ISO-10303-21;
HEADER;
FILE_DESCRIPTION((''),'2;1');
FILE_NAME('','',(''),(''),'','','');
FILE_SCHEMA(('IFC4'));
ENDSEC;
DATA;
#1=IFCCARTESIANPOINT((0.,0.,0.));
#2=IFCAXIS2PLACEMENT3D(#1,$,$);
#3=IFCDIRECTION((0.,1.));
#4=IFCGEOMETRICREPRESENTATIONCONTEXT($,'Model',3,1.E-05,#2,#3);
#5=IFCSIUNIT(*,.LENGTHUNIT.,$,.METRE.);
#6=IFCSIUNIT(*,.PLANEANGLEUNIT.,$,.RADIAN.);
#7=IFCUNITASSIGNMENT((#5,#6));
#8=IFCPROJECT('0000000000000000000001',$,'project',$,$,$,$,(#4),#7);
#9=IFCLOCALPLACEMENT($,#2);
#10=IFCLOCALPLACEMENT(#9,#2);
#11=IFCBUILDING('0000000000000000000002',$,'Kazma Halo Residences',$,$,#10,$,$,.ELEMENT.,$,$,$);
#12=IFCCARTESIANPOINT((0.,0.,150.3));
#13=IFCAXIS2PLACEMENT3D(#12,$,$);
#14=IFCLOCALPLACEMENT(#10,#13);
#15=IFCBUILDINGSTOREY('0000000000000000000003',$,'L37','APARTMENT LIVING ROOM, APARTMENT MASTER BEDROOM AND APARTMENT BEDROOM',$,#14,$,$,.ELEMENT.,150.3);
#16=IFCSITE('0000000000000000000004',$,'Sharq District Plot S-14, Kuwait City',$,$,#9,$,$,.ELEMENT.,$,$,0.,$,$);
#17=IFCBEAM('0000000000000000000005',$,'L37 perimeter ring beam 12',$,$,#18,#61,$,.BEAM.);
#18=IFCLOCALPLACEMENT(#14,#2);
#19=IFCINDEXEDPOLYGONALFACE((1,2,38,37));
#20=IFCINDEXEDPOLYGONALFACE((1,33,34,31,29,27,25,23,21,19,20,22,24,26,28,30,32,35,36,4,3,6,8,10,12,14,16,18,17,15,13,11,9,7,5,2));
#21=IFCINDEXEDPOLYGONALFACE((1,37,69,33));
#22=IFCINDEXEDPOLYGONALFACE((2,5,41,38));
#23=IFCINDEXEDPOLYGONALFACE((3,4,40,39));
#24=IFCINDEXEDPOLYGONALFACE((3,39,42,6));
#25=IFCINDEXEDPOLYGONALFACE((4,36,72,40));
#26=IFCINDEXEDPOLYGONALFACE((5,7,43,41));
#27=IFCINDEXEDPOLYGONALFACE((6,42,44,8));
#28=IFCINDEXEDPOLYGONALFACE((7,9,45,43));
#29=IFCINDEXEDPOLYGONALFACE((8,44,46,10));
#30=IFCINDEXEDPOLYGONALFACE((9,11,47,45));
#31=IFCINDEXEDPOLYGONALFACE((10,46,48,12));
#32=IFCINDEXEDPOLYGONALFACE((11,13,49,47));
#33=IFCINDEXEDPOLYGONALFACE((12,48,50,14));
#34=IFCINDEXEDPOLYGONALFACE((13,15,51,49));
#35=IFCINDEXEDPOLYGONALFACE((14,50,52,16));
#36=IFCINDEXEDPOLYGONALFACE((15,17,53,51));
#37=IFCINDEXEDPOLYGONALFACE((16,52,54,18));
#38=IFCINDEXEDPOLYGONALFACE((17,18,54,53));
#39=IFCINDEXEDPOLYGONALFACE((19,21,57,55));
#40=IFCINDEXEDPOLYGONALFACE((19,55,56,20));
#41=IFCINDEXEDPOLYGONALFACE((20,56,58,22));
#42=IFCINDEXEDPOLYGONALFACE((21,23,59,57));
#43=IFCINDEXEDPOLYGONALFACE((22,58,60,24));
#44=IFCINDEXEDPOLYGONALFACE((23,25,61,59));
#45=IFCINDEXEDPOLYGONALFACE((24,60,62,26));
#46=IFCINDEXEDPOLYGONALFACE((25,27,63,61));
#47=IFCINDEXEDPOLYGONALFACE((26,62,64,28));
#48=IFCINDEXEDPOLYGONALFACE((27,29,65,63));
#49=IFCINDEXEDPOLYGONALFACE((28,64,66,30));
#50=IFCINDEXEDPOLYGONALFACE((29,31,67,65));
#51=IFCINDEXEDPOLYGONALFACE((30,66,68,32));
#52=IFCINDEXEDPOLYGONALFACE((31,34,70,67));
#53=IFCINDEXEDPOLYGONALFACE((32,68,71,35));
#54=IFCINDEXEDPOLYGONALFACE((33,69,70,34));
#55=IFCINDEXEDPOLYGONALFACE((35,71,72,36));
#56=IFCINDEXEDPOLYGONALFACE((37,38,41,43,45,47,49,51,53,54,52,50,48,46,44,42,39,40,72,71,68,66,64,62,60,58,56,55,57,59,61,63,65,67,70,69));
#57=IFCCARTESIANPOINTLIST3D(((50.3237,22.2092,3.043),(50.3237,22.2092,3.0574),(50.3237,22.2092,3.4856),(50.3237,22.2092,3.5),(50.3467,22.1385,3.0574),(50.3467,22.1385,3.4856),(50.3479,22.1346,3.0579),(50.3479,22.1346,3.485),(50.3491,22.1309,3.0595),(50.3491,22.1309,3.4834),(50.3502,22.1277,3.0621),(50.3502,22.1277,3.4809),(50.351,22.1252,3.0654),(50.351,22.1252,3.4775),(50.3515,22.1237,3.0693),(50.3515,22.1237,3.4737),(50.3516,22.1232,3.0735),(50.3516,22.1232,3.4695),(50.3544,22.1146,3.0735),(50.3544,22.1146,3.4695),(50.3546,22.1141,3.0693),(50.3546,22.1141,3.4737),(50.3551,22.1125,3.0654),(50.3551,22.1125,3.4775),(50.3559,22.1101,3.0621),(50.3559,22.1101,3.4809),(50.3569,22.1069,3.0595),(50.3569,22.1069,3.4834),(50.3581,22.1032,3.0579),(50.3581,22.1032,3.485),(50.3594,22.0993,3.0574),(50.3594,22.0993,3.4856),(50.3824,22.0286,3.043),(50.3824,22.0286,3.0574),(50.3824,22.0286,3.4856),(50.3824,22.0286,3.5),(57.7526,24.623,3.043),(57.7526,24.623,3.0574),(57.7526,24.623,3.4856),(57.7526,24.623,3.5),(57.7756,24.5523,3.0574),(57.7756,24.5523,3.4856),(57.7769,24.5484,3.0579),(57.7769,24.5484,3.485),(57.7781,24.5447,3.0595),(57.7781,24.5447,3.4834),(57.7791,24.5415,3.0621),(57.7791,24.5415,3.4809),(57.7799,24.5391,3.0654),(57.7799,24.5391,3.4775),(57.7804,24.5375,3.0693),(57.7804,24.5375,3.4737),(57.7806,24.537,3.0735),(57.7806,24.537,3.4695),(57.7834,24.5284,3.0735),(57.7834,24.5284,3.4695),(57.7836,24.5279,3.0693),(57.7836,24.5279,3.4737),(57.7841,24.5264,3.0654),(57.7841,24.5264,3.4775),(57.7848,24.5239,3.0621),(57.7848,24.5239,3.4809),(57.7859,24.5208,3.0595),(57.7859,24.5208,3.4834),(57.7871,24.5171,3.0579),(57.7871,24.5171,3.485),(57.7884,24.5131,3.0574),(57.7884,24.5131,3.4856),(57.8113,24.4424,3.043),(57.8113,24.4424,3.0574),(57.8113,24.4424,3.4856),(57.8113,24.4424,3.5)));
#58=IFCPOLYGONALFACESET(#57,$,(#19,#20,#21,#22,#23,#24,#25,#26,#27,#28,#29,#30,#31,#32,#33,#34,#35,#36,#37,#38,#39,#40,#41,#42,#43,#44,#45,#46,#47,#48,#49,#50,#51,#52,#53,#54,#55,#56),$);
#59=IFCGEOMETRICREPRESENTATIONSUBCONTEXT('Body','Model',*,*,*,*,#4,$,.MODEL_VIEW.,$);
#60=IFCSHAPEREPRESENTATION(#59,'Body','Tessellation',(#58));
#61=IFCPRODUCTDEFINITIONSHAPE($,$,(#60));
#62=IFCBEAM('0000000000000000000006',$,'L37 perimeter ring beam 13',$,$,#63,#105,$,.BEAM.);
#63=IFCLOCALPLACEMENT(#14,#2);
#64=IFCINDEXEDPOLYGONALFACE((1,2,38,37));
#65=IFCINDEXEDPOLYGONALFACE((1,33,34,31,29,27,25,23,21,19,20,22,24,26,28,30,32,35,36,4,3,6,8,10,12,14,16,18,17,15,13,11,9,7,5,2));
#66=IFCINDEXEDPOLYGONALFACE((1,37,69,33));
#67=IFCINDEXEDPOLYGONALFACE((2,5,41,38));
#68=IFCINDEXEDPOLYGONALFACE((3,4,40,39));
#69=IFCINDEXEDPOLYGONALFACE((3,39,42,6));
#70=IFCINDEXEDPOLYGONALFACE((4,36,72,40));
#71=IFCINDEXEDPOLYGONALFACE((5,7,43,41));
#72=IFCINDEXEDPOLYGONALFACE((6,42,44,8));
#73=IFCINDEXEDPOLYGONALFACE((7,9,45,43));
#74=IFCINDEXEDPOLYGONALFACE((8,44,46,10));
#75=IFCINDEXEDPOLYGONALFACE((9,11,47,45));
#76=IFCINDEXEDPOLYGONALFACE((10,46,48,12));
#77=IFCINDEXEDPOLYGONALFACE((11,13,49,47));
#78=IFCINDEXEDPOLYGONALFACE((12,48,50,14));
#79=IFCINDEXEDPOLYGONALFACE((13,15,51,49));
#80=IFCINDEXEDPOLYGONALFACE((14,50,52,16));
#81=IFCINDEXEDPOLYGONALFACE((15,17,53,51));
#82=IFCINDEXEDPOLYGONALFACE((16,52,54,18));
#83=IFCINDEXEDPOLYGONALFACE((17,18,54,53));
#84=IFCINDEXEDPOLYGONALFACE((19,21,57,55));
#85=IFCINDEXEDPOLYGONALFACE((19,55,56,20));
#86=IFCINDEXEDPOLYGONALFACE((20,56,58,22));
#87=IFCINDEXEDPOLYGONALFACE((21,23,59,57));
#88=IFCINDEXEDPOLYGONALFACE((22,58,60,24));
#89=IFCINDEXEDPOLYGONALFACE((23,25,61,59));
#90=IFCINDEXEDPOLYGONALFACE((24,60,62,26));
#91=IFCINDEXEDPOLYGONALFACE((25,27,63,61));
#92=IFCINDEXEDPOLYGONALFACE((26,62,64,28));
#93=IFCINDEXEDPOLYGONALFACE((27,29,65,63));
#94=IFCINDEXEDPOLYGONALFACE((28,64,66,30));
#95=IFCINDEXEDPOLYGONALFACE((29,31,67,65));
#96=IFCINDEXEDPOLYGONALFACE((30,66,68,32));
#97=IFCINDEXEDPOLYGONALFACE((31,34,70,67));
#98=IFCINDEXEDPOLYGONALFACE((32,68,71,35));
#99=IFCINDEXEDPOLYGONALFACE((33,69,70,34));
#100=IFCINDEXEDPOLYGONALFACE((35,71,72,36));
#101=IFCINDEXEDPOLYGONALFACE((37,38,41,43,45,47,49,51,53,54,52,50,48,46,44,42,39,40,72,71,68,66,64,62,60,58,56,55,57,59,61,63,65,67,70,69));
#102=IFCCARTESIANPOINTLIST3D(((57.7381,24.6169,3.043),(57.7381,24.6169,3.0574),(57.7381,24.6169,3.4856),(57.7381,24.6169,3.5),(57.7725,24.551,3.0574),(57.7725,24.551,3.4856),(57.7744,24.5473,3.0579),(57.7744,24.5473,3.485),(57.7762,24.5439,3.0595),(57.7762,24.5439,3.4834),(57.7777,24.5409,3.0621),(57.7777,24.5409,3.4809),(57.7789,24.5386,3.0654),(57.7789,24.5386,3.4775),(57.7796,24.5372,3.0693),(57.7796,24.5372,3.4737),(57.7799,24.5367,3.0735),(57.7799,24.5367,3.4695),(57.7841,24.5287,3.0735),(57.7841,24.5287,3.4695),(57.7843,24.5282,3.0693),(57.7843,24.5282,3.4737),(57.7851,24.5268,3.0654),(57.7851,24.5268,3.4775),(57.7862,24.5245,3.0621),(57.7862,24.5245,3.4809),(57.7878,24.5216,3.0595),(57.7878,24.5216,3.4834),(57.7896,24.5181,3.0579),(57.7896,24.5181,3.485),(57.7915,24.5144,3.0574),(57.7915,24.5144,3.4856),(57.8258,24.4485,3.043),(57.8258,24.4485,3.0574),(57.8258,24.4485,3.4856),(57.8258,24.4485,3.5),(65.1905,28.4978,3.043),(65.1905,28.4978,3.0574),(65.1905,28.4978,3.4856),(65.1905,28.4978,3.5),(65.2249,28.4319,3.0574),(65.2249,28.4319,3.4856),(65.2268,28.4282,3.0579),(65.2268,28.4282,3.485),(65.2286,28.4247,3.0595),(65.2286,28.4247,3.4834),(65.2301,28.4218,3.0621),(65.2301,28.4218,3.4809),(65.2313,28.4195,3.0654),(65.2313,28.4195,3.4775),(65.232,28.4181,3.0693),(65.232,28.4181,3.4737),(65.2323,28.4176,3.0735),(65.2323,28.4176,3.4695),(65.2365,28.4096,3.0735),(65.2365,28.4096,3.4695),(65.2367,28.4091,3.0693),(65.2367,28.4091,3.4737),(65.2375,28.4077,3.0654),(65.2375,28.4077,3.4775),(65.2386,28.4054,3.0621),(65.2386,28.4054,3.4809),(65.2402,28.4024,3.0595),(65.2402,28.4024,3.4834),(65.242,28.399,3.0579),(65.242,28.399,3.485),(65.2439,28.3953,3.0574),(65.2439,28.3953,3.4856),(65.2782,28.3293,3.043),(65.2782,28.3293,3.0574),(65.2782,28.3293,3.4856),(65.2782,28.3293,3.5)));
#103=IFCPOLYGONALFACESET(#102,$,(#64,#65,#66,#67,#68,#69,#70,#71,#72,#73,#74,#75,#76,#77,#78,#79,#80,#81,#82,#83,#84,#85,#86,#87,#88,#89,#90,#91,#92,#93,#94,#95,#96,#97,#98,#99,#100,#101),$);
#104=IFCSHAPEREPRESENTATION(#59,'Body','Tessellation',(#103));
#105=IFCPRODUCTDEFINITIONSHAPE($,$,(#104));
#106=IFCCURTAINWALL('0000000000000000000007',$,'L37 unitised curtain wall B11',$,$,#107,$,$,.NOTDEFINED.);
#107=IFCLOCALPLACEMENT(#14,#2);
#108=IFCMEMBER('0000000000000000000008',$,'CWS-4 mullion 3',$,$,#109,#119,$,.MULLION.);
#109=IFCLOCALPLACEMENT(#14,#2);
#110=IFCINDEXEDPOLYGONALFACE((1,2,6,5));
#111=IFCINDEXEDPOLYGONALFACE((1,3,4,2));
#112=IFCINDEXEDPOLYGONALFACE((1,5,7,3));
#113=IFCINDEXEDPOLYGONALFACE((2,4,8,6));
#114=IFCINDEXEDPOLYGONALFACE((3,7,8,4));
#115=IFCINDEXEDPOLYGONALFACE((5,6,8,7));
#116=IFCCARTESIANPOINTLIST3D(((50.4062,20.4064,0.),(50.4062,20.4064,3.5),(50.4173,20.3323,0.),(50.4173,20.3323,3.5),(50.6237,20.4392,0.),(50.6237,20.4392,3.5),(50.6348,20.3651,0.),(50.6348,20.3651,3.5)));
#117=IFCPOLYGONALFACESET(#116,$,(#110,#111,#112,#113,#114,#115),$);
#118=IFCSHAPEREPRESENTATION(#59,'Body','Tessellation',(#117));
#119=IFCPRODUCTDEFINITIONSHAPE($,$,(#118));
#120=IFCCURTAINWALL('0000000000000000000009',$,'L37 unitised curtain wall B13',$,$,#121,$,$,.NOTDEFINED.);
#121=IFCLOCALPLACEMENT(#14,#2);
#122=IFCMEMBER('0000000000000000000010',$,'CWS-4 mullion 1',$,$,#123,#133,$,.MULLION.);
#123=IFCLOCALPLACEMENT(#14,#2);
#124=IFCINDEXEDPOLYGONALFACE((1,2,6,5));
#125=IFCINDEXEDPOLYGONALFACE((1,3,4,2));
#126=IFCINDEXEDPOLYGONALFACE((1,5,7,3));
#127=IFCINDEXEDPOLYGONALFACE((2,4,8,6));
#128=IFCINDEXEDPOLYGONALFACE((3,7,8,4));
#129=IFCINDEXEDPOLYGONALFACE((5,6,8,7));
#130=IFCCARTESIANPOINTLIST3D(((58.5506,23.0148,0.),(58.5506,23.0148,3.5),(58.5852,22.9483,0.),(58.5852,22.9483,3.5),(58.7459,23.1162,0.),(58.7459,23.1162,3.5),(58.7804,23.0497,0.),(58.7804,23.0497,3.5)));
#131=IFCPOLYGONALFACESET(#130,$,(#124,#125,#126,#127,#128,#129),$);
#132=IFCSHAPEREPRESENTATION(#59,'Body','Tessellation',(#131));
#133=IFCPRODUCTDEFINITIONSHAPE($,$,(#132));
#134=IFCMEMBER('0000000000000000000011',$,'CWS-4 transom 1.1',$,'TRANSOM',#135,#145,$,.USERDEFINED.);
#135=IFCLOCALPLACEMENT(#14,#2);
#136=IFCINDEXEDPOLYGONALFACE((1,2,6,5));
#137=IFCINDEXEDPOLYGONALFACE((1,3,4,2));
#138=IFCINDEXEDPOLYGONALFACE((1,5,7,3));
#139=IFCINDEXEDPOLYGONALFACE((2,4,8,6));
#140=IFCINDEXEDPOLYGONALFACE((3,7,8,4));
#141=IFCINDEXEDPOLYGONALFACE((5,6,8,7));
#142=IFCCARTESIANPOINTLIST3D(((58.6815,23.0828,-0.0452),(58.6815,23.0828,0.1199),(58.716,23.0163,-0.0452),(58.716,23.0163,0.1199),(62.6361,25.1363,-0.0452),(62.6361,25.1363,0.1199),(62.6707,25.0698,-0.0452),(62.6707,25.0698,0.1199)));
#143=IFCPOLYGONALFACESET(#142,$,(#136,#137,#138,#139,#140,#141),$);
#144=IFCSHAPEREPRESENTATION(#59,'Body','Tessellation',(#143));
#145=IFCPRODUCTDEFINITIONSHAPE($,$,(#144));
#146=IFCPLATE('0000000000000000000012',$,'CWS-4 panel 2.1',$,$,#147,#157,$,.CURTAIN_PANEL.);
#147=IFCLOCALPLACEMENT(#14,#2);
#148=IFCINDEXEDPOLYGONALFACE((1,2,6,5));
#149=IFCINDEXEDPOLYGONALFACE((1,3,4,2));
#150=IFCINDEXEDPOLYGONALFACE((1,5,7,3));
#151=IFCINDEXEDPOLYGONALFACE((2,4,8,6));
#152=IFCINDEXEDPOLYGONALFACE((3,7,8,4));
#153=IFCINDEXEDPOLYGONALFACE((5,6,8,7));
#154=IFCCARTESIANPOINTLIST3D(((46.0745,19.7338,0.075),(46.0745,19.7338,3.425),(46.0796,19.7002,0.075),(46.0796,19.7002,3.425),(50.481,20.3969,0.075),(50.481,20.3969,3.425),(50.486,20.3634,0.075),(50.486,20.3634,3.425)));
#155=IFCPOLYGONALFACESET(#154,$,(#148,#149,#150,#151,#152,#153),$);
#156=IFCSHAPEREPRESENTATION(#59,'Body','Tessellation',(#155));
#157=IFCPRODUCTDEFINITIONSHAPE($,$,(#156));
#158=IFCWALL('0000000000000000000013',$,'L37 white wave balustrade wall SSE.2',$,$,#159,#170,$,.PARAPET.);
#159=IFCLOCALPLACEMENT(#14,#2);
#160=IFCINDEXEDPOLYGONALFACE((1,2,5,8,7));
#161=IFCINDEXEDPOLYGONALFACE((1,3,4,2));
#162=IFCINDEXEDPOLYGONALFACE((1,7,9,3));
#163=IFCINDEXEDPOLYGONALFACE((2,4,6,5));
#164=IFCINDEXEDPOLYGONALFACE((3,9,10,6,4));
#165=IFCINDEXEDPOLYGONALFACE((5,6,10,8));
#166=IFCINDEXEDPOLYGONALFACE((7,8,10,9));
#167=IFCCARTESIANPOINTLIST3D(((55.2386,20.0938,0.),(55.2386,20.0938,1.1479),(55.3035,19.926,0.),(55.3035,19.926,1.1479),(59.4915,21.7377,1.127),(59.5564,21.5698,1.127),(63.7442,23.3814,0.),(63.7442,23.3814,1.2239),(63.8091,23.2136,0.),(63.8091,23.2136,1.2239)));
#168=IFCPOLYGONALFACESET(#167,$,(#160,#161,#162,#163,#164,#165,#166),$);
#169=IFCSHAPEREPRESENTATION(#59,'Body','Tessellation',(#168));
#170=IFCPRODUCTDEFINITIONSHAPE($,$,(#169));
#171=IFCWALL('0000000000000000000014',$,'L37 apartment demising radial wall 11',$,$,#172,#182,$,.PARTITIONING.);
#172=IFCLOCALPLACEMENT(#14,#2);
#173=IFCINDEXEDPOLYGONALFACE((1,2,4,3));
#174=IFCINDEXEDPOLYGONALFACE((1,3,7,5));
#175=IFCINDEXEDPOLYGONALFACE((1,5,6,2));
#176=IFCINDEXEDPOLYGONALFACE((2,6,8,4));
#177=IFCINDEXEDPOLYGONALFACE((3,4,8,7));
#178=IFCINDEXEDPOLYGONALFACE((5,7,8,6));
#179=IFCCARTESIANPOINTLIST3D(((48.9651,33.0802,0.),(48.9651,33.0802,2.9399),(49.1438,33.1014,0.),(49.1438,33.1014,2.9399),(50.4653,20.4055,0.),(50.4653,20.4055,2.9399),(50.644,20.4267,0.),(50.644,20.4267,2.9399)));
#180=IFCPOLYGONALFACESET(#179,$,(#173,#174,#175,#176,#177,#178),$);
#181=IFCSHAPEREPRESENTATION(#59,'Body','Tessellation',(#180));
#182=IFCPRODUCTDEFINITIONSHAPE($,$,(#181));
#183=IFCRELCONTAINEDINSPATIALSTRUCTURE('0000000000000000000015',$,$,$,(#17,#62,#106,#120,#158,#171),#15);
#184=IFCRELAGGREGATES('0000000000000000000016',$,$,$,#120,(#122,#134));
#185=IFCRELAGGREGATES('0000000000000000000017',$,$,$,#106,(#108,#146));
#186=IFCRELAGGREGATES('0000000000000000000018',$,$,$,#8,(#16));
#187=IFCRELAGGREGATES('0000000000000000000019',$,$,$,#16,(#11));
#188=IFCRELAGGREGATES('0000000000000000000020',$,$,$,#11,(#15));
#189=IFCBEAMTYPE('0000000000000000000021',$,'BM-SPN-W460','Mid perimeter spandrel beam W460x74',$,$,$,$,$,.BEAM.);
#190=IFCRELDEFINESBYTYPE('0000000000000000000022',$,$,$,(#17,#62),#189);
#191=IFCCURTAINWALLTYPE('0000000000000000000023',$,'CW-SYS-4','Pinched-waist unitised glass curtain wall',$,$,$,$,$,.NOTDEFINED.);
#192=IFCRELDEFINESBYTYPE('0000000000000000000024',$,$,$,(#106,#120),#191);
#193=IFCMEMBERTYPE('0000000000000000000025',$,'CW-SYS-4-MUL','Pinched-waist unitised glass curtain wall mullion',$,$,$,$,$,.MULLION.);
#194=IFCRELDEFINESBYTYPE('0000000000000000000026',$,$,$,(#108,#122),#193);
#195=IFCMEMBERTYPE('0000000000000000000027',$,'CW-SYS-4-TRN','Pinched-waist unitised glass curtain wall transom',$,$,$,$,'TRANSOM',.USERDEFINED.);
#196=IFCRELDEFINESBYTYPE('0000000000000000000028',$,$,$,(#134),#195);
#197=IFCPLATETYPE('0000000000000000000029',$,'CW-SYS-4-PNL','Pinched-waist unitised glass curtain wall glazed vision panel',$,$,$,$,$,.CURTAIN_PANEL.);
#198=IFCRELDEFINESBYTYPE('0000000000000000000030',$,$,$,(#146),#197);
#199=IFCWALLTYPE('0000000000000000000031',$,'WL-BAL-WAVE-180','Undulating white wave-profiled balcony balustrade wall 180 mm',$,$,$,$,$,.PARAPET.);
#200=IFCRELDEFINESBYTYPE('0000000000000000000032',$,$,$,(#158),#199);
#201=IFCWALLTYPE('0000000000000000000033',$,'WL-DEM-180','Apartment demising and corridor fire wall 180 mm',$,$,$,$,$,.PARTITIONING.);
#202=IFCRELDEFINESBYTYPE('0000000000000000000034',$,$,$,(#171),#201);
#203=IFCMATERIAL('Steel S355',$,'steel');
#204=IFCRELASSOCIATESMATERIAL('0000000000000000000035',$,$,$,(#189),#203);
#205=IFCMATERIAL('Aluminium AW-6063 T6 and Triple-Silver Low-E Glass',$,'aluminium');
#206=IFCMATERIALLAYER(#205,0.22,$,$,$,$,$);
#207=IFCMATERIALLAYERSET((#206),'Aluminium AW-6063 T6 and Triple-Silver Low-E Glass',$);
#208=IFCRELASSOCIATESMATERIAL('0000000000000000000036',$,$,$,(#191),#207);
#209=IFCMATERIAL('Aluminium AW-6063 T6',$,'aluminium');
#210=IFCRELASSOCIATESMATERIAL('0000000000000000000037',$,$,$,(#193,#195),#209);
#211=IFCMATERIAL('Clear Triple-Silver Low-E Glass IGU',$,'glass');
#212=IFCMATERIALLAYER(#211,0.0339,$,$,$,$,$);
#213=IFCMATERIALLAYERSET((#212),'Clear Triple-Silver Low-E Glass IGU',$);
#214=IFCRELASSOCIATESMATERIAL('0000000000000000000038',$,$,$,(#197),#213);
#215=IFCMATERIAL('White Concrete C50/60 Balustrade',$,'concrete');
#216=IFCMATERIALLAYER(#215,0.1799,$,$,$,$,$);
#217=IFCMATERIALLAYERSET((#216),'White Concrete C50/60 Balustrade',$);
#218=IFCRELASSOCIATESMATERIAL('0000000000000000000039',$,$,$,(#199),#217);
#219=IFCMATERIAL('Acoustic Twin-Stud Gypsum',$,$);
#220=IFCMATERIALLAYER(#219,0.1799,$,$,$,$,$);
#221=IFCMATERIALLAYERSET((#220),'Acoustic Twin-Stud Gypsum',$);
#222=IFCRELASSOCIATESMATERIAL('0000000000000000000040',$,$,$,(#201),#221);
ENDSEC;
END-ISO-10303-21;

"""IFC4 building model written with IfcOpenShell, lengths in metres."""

from ifc_helpers import new_model, si_unit, direction, frame, frame_2d, origin, origin_2d, place, context, subcontext, project, spatial, polyline, rectangle, i_section, outline, extrude, material, layer, layer_set, material_profile, profile_set, type_object, element, aggregate, save


model = new_model("IFC4")

# Units and contexts
model_context = context("Model", 3, precision=1e-05, world=origin(), true_north=direction((0.0, 1.0)))
body_context = subcontext(model_context, "Body", "Model", "MODEL_VIEW")
ifc_project = project(units=[si_unit("LENGTHUNIT", "METRE"), si_unit("PLANEANGLEUNIT", "RADIAN")], contexts=[model_context])

# Site, building, storey
site_placement = place(None, origin())
site = spatial("IfcSite", under=ifc_project, at=site_placement, Name="Sharq District Plot S-14, Kuwait City", CompositionType="ELEMENT", RefElevation=0.0)
building_placement = place(site_placement, origin())
building = spatial("IfcBuilding", under=site, at=building_placement, Name="Kazma Halo Residences", CompositionType="ELEMENT")
storey_placement = place(building_placement, frame((0.0, 0.0, 150.3)))
storey = spatial("IfcBuildingStorey", under=building, at=storey_placement, Name="L37", Description="APARTMENT LIVING ROOM, APARTMENT MASTER BEDROOM AND APARTMENT BEDROOM", CompositionType="ELEMENT", Elevation=150.3)

# Beams
ifc_material_1 = material(Name="Steel S355", Category="steel")
ifc_material_profile_1 = material_profile(ifc_material_1, i_section(OverallWidth=0.1899, OverallDepth=0.457, WebThickness=0.009, FlangeThickness=0.0144, FilletRadius=0.0161, at=origin_2d()), Name="W460x74")
ifc_profile_set_1 = profile_set([ifc_material_profile_1], Name="Steel S355")
beam_type_1 = type_object("IfcBeamType", Name="BM-SPN-W460", Description="Mid perimeter spandrel beam W460x74", PredefinedType="BEAM", material=ifc_profile_set_1)
beam_1_placement = place(storey_placement, frame((50.353, 22.1189, 3.2715), z_axis=(0.951056, 0.309018, 0.0), x_axis=(-0.309018, 0.951056, 0.0)))
element("IfcBeam", 1, at=beam_1_placement, inside=storey, type_object=beam_type_1, Name="L37 perimeter ring beam 12", PredefinedType="BEAM", context=body_context, shape_type="SweptSolid", body=[
    extrude(i_section(OverallWidth=0.1899, OverallDepth=0.457, WebThickness=0.009, FlangeThickness=0.0144, FilletRadius=0.0161, at=origin_2d()), origin(), (0.0, 0.0, 1.0), 7.8113),
])
beam_2_placement = place(storey_placement, frame((57.782, 24.5327, 3.2715), z_axis=(0.886943, 0.461879, 0.0), x_axis=(-0.461879, 0.886943, 0.0)))
element("IfcBeam", 2, at=beam_2_placement, inside=storey, type_object=beam_type_1, Name="L37 perimeter ring beam 13", PredefinedType="BEAM", context=body_context, shape_type="SweptSolid", body=[
    extrude(i_section(OverallWidth=0.1899, OverallDepth=0.457, WebThickness=0.009, FlangeThickness=0.0144, FilletRadius=0.0161, at=origin_2d()), origin(), (0.0, 0.0, 1.0), 8.4023),
])

# Curtain wall, member
ifc_material_2 = material(Name="Aluminium AW-6063 T6 and Triple-Silver Low-E Glass", Category="aluminium")
ifc_layer_1 = layer(ifc_material_2, 0.22)
ifc_layer_set_1 = layer_set([ifc_layer_1], Name="Aluminium AW-6063 T6 and Triple-Silver Low-E Glass")
curtain_wall_type = type_object("IfcCurtainWallType", Name="CW-SYS-4", Description="Pinched-waist unitised glass curtain wall", PredefinedType="NOTDEFINED", material=ifc_layer_set_1)
curtain_wall_1_placement = place(storey_placement, origin())
curtain_wall_1 = element("IfcCurtainWall", 3, at=curtain_wall_1_placement, inside=storey, type_object=curtain_wall_type, Name="L37 unitised curtain wall B11", PredefinedType="NOTDEFINED")
ifc_material_3 = material(Name="Aluminium AW-6063 T6", Category="aluminium")
ifc_material_profile_2 = material_profile(ifc_material_3, rectangle(XDim=0.075, YDim=0.22, at=origin_2d()), Name="CWM-75x220")
ifc_profile_set_2 = profile_set([ifc_material_profile_2], Name="Aluminium AW-6063 T6")
member_type_1 = type_object("IfcMemberType", Name="CW-SYS-4-MUL", Description="Pinched-waist unitised glass curtain wall mullion", PredefinedType="MULLION", material=ifc_profile_set_2)
member_1_placement = place(storey_placement, frame((50.5205, 20.3857, 0.0), z_axis=(0.0, 0.0, 1.0), x_axis=(-0.148821, 0.988864, 0.0)))
member_1 = element("IfcMember", 4, at=member_1_placement, type_object=member_type_1, Name="CWS-4 mullion 3", PredefinedType="MULLION", context=body_context, shape_type="SweptSolid", body=[
    extrude(rectangle(XDim=0.075, YDim=0.22, at=origin_2d()), origin(), (0.0, 0.0, 1.0), 3.5),
])

# Curtain wall, members
curtain_wall_2_placement = place(storey_placement, origin())
curtain_wall_2 = element("IfcCurtainWall", 5, at=curtain_wall_2_placement, inside=storey, type_object=curtain_wall_type, Name="L37 unitised curtain wall B13", PredefinedType="NOTDEFINED")
member_2_placement = place(storey_placement, frame((58.6655, 23.0322, 0.0), z_axis=(0.0, 0.0, 1.0), x_axis=(-0.460837, 0.887485, 0.0)))
member_2 = element("IfcMember", 6, at=member_2_placement, type_object=member_type_1, Name="CWS-4 mullion 1", PredefinedType="MULLION", context=body_context, shape_type="SweptSolid", body=[
    extrude(rectangle(XDim=0.075, YDim=0.22, at=origin_2d()), origin(), (0.0, 0.0, 1.0), 3.5),
])
ifc_material_profile_3 = material_profile(ifc_material_3, rectangle(XDim=0.075, YDim=0.165, at=origin_2d()), Name="CWT-75x165")
ifc_profile_set_3 = profile_set([ifc_material_profile_3], Name="Aluminium AW-6063 T6")
member_type_2 = type_object("IfcMemberType", Name="CW-SYS-4-TRN", Description="Pinched-waist unitised glass curtain wall transom", ElementType="TRANSOM", PredefinedType="USERDEFINED", material=ifc_profile_set_3)
member_3_placement = place(storey_placement, frame((58.6987, 23.0496, 0.0374), z_axis=(0.887485, 0.460837, 0.0), x_axis=(-0.460837, 0.887485, 0.0)))
member_3 = element("IfcMember", 7, at=member_3_placement, type_object=member_type_2, Name="CWS-4 transom 1.1", ObjectType="TRANSOM", PredefinedType="USERDEFINED", context=body_context, shape_type="SweptSolid", body=[
    extrude(rectangle(XDim=0.075, YDim=0.165, at=origin_2d()), origin(), (0.0, 0.0, 1.0), 4.4561),
])
aggregate(curtain_wall_2, [member_2, member_3])

# Plate
ifc_material_4 = material(Name="Clear Triple-Silver Low-E Glass IGU", Category="glass")
ifc_layer_2 = layer(ifc_material_4, 0.0339)
ifc_layer_set_2 = layer_set([ifc_layer_2], Name="Clear Triple-Silver Low-E Glass IGU")
plate_type = type_object("IfcPlateType", Name="CW-SYS-4-PNL", Description="Pinched-waist unitised glass curtain wall glazed vision panel", PredefinedType="CURTAIN_PANEL", material=ifc_layer_set_2)
plate_placement = place(storey_placement, frame((48.2803, 20.0486, 0.075), z_axis=(0.0, 0.0, 1.0), x_axis=(0.988864, 0.148821, 0.0)))
plate = element("IfcPlate", 8, at=plate_placement, type_object=plate_type, Name="CWS-4 panel 2.1", PredefinedType="CURTAIN_PANEL", context=body_context, shape_type="SweptSolid", body=[
    extrude(rectangle(XDim=4.4561, YDim=0.0339, at=origin_2d()), origin(), (0.0, 0.0, 1.0), 3.3501),
])
aggregate(curtain_wall_1, [member_1, plate])

# Walls
ifc_material_5 = material(Name="White Concrete C50/60 Balustrade", Category="concrete")
ifc_layer_3 = layer(ifc_material_5, 0.1799)
ifc_layer_set_3 = layer_set([ifc_layer_3], Name="White Concrete C50/60 Balustrade")
wall_type_1 = type_object("IfcWallType", Name="WL-BAL-WAVE-180", Description="Undulating white wave-profiled balcony balustrade wall 180 mm", PredefinedType="PARAPET", material=ifc_layer_set_3)
wall_1_placement = place(storey_placement, frame((55.271, 20.01, 0.0), z_axis=(0.0, 0.0, 1.0), x_axis=(0.932749, 0.360527, 0.0)))
element("IfcWall", 9, at=wall_1_placement, inside=storey, type_object=wall_type_1, Name="L37 white wave balustrade wall SSE.2", PredefinedType="PARAPET", context=body_context, shape_type="SweptSolid", body=[
    extrude(outline(polyline([(0.0, 0.0), (9.1189, 0.0), (9.1189, 1.2239), (4.5596, 1.127), (0.0, 1.1479), (0.0, 0.0)])), frame((0.0, 0.0898, 0.0), z_axis=(0.0, -1.0, 0.0), x_axis=(1.0, 0.0, 0.0)), (0.0, 0.0, 1.0), 0.1799),
])
ifc_material_6 = material(Name="Acoustic Twin-Stud Gypsum")
ifc_layer_4 = layer(ifc_material_6, 0.1799)
ifc_layer_set_4 = layer_set([ifc_layer_4], Name="Acoustic Twin-Stud Gypsum")
wall_type_2 = type_object("IfcWallType", Name="WL-DEM-180", Description="Apartment demising and corridor fire wall 180 mm", PredefinedType="PARTITIONING", material=ifc_layer_set_4)
wall_2_placement = place(storey_placement, frame((49.0544, 33.0908, 0.0), z_axis=(0.0, 0.0, 1.0), x_axis=(0.117544, -0.993068, 0.0)))
element("IfcWall", 10, at=wall_2_placement, inside=storey, type_object=wall_type_2, Name="L37 apartment demising radial wall 11", PredefinedType="PARTITIONING", context=body_context, shape_type="SweptSolid", body=[
    extrude(rectangle(XDim=12.7632, YDim=0.1799, at=frame_2d((6.3816, 0.0))), origin(), (0.0, 0.0, 1.0), 2.9399),
])

save(model, "model.ifc")
